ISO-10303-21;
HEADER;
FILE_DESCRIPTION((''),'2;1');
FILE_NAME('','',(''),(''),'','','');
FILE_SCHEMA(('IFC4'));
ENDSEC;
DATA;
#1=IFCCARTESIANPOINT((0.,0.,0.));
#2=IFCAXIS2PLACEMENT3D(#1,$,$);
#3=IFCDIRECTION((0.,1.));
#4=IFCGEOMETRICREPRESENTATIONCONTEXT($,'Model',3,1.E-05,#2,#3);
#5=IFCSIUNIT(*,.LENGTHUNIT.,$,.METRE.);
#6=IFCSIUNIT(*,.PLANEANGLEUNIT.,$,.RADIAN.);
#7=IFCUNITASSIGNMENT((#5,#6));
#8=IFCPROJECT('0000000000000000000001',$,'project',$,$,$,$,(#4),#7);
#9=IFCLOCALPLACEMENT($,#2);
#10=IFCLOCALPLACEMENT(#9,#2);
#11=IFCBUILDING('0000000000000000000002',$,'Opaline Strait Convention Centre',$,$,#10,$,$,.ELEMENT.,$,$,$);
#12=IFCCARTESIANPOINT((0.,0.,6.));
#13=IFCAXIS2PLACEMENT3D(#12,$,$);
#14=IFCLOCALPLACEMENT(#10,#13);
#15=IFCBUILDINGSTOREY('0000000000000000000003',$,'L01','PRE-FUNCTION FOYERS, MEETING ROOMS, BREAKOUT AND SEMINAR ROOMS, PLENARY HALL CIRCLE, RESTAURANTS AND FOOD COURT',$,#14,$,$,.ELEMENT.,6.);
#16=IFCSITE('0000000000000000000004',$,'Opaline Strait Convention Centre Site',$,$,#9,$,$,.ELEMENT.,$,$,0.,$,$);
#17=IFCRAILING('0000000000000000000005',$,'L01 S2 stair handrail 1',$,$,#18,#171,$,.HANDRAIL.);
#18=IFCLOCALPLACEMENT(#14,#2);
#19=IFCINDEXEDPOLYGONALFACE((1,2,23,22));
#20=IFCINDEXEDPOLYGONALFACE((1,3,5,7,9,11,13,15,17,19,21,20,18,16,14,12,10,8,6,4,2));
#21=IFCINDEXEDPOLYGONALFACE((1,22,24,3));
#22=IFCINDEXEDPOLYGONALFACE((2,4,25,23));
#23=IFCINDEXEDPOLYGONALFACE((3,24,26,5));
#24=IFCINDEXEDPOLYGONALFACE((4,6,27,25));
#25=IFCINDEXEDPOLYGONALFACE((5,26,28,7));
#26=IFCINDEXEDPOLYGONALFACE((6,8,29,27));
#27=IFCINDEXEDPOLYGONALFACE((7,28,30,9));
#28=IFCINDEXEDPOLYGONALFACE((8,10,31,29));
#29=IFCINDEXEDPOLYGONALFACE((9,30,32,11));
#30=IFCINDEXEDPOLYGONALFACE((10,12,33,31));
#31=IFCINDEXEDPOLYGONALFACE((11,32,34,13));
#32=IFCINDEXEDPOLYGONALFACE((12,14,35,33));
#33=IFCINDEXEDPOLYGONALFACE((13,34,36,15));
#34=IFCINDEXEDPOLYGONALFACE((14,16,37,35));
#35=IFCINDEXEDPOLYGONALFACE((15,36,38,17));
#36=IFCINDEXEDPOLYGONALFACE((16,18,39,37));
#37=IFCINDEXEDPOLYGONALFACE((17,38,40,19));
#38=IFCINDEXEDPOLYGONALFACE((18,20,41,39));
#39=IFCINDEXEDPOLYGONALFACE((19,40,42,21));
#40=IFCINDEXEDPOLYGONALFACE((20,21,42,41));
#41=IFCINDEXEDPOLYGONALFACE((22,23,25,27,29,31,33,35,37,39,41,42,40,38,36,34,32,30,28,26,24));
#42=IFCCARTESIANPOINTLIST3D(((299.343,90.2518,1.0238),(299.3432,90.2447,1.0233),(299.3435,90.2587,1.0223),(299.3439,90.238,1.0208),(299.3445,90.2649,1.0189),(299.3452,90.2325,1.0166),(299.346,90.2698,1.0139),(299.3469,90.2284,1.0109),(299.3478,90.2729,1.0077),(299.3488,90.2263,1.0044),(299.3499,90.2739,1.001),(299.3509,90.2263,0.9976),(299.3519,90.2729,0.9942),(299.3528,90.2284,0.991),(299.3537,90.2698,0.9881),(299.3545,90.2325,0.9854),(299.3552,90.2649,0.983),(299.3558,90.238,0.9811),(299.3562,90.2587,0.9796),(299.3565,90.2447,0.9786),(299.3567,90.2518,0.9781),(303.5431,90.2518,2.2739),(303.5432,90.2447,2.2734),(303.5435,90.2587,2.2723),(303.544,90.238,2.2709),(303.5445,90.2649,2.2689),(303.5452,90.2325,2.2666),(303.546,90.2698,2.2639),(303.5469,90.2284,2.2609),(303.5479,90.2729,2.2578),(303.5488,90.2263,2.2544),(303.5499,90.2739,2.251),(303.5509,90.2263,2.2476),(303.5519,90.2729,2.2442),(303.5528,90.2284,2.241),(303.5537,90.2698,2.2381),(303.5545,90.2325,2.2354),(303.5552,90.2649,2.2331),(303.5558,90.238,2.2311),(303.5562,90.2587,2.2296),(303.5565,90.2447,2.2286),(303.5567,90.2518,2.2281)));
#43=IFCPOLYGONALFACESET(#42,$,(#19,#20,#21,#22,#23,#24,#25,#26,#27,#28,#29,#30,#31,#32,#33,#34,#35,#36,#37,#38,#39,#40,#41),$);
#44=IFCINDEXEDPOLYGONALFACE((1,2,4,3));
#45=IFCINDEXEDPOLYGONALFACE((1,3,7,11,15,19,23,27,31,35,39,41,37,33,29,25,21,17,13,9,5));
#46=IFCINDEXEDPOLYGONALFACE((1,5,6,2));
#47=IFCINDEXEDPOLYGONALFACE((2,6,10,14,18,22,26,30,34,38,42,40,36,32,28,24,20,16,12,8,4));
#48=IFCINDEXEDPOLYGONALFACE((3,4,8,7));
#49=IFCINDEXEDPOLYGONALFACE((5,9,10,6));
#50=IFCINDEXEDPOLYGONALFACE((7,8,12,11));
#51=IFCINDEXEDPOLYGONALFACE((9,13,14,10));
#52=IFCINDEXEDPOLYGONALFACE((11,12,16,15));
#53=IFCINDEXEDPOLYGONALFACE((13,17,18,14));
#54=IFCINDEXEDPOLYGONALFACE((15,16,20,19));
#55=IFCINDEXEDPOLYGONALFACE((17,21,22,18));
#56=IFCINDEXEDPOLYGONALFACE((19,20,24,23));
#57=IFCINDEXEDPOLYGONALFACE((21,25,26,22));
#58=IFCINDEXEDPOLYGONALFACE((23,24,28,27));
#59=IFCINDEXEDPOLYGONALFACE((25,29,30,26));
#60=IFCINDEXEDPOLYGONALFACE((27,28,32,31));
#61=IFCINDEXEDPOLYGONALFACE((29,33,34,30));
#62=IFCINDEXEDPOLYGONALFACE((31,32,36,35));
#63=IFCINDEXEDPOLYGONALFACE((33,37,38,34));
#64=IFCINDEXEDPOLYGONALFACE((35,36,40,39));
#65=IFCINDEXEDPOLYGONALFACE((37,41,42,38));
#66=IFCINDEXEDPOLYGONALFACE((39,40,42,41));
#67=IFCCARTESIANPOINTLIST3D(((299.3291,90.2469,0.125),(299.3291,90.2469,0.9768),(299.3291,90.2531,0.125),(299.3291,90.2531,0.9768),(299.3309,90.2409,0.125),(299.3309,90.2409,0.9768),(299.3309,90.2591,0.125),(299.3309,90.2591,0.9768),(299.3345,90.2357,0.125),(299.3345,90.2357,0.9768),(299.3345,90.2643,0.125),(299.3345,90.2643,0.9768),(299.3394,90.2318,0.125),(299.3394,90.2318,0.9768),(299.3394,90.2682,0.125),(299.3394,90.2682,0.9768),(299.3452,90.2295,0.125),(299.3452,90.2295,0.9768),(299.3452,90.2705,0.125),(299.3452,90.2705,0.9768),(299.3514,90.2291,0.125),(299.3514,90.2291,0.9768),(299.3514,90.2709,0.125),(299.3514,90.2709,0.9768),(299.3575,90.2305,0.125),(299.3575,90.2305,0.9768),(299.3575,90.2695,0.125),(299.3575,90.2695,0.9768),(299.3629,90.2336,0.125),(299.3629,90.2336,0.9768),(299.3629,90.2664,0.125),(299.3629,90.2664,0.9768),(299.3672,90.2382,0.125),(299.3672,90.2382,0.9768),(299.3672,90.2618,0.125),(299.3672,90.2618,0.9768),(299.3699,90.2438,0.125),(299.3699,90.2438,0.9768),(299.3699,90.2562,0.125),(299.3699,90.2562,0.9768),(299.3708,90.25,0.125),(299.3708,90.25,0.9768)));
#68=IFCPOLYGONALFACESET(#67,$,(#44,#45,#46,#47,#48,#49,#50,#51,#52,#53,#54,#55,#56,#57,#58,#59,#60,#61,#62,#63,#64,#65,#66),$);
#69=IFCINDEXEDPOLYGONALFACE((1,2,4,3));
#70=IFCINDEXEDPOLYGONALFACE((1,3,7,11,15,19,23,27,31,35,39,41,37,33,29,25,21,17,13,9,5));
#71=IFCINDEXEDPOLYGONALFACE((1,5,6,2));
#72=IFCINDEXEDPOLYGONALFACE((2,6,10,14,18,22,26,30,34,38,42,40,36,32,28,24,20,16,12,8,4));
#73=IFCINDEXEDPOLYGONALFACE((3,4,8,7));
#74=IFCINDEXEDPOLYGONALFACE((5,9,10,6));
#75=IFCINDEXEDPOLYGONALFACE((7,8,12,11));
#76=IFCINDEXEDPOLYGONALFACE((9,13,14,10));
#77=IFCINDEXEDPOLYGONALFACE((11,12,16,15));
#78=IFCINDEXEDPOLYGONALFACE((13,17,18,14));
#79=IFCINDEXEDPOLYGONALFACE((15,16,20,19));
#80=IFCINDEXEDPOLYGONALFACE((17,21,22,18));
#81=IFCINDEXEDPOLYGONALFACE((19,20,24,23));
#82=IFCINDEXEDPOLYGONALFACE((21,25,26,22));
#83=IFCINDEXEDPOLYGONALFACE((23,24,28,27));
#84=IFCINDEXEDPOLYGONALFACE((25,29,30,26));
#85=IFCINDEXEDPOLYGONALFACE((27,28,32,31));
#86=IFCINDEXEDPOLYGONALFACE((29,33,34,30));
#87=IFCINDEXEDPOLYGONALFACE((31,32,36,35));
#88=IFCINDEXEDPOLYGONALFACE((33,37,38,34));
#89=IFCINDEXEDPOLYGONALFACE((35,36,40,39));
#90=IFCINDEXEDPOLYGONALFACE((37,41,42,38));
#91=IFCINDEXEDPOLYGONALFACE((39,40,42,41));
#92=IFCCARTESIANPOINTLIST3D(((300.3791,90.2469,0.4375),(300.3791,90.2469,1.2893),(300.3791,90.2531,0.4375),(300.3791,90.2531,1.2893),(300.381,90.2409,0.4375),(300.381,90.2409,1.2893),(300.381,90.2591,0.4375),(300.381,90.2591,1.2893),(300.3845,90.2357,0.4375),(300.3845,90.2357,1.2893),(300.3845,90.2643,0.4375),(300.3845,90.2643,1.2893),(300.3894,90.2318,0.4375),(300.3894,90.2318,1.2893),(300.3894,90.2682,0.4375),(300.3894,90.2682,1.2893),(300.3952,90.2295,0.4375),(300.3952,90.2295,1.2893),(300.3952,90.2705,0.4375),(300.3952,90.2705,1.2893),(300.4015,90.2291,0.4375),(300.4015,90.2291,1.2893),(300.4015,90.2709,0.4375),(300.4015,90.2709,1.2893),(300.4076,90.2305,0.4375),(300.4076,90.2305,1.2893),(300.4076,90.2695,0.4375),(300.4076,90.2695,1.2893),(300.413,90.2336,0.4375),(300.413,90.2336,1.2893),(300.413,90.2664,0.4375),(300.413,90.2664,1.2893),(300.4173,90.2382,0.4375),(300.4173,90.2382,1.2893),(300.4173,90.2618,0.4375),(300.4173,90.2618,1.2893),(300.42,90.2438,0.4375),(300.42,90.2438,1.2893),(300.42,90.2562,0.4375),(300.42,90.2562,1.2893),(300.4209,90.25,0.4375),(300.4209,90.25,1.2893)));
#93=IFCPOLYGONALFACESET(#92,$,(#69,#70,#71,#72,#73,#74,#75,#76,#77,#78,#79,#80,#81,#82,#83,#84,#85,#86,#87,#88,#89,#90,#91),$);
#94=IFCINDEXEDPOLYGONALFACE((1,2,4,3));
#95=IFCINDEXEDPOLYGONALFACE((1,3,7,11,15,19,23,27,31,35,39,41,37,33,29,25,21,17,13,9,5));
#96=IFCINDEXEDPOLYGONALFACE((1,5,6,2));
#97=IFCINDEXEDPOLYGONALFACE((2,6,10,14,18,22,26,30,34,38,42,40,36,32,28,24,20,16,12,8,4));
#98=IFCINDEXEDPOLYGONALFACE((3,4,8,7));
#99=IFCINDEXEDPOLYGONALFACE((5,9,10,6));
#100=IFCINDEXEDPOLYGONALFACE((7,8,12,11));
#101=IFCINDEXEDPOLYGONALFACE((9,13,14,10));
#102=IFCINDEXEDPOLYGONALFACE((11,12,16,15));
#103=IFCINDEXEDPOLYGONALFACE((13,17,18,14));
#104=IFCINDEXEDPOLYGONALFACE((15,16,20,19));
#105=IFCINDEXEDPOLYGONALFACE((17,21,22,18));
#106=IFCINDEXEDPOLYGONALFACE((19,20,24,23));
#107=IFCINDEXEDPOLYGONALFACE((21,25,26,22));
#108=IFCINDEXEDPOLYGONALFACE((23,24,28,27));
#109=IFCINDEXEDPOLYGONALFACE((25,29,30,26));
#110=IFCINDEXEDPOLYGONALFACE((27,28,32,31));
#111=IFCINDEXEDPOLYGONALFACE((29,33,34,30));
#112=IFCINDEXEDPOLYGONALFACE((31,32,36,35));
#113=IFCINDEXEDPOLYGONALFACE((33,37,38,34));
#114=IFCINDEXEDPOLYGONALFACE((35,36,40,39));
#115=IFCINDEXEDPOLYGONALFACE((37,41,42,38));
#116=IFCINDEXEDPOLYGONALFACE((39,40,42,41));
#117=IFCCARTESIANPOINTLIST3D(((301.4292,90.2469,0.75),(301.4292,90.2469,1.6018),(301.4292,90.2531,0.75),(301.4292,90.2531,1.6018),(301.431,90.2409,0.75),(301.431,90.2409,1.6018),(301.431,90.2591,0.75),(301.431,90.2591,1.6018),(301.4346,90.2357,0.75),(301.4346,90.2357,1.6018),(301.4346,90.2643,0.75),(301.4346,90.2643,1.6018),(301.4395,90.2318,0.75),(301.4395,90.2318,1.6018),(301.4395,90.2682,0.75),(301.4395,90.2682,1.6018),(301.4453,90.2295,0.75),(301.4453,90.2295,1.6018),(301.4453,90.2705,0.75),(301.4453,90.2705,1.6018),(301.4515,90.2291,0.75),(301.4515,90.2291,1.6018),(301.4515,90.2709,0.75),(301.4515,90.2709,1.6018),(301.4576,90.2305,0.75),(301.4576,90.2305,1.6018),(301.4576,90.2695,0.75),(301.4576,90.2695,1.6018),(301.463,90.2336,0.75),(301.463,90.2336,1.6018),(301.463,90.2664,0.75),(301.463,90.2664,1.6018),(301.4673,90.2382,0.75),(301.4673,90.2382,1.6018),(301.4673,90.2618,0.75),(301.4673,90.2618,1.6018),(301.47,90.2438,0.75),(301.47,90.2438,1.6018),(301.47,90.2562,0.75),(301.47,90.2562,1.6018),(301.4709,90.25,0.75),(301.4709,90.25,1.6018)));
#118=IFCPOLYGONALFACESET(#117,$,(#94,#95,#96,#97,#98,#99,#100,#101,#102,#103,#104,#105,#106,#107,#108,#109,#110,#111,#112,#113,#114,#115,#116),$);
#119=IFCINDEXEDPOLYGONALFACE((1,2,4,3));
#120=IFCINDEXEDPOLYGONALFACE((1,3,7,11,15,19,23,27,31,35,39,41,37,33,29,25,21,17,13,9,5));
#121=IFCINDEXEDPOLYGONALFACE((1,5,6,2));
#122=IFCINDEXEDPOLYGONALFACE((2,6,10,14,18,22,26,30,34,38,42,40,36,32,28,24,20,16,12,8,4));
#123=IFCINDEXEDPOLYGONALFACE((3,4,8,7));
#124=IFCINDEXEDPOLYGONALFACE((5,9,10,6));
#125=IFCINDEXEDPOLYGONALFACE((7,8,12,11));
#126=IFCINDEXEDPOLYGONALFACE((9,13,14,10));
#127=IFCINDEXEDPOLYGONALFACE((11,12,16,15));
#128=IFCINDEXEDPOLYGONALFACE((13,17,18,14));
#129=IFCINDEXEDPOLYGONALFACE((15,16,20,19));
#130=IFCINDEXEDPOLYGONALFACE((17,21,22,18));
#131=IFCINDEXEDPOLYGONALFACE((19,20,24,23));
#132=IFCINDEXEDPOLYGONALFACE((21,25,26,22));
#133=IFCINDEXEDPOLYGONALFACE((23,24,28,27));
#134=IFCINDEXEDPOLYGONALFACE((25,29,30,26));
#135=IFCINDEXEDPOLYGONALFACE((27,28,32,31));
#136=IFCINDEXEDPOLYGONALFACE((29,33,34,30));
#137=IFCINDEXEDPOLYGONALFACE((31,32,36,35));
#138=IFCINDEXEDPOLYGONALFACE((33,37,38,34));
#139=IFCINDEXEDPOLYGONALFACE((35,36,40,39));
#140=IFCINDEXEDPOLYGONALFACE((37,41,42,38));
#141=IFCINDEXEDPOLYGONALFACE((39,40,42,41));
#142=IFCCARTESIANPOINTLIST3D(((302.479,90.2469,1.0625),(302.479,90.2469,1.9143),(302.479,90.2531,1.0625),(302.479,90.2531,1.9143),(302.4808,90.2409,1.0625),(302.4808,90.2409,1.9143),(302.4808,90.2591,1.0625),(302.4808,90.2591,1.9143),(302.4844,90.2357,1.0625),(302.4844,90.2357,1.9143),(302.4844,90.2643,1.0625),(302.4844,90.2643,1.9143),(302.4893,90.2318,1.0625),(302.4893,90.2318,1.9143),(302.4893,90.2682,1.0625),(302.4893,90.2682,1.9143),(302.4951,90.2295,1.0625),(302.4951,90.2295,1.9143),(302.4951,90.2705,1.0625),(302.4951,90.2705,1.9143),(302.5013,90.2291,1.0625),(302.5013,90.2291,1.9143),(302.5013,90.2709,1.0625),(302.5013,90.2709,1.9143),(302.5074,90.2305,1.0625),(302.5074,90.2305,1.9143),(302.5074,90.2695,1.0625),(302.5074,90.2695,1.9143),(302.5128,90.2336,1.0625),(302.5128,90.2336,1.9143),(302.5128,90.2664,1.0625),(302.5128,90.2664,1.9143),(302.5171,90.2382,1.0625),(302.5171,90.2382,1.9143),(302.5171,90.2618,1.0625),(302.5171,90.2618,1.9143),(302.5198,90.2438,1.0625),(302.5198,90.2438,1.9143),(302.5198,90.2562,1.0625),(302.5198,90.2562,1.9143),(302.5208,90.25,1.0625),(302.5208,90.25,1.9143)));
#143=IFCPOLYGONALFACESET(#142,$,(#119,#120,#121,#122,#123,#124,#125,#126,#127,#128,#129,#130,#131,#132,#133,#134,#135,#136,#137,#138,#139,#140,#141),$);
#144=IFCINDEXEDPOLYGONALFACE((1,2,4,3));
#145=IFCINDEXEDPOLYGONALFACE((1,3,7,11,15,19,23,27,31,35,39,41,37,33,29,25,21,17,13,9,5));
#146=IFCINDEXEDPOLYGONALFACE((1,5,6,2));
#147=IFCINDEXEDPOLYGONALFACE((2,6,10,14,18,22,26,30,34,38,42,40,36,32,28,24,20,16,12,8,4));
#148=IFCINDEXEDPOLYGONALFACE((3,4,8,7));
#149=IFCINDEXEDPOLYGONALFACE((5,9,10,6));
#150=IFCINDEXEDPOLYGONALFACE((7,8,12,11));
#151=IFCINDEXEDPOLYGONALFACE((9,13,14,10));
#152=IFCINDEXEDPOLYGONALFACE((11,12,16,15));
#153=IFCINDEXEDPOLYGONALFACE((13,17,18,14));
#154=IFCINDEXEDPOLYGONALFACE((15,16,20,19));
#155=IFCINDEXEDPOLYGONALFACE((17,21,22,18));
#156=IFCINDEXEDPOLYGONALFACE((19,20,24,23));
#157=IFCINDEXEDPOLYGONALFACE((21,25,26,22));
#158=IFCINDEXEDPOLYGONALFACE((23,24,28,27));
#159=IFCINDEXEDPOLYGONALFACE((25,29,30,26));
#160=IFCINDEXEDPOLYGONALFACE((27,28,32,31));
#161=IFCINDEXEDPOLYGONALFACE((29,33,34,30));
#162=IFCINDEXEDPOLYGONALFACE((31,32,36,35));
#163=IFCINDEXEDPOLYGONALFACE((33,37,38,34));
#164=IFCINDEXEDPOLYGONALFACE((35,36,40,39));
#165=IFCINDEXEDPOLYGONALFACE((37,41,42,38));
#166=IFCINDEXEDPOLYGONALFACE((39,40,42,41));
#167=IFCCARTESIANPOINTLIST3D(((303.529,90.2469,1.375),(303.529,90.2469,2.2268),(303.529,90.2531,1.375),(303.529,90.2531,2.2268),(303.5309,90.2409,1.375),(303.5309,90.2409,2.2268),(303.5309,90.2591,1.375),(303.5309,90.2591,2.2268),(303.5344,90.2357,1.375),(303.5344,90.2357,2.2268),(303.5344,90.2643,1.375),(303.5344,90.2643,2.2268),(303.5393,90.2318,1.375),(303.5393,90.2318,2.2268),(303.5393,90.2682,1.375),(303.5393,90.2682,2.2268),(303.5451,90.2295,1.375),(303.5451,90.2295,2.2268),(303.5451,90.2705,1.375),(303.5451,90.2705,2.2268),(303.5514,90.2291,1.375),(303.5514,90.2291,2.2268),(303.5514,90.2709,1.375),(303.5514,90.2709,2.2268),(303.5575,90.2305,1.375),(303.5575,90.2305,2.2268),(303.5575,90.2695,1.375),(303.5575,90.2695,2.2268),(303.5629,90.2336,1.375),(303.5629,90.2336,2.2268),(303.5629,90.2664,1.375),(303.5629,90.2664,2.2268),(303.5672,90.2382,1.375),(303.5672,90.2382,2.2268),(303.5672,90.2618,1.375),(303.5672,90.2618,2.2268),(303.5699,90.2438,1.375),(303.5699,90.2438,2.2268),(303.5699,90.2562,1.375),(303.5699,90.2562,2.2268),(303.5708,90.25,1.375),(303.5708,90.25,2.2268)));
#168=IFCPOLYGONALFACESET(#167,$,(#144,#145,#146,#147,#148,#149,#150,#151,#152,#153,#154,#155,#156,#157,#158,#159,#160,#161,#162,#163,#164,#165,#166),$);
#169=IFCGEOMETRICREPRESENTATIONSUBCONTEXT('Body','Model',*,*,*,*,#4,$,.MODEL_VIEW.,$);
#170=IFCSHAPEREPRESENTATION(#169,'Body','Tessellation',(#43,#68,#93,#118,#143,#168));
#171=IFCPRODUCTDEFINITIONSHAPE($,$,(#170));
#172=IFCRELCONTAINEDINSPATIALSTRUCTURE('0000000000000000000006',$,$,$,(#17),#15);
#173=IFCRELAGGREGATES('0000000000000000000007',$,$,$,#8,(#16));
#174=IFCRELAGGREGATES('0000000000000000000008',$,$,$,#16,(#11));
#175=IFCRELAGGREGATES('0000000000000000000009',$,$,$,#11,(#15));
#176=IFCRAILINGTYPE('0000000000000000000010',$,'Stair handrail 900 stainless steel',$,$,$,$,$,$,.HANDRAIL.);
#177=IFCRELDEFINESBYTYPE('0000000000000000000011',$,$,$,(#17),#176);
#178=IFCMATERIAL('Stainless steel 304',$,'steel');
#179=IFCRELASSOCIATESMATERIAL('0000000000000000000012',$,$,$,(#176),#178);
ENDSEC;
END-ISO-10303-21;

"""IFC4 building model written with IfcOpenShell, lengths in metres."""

from ifc_helpers import new_model, si_unit, direction, frame, origin, origin_2d, place, context, subcontext, project, spatial, circle, extrude, material, type_object, element, save


model = new_model("IFC4")

# Units and contexts
model_context = context("Model", 3, precision=1e-05, world=origin(), true_north=direction((0.0, 1.0)))
body_context = subcontext(model_context, "Body", "Model", "MODEL_VIEW")
ifc_project = project(units=[si_unit("LENGTHUNIT", "METRE"), si_unit("PLANEANGLEUNIT", "RADIAN")], contexts=[model_context])

# Site, building, storey
site_placement = place(None, origin())
site = spatial("IfcSite", under=ifc_project, at=site_placement, Name="Opaline Strait Convention Centre Site", CompositionType="ELEMENT", RefElevation=0.0)
building_placement = place(site_placement, origin())
building = spatial("IfcBuilding", under=site, at=building_placement, Name="Opaline Strait Convention Centre", CompositionType="ELEMENT")
storey_placement = place(building_placement, frame((0.0, 0.0, 6.0)))
storey = spatial("IfcBuildingStorey", under=building, at=storey_placement, Name="L01", Description="PRE-FUNCTION FOYERS, MEETING ROOMS, BREAKOUT AND SEMINAR ROOMS, PLENARY HALL CIRCLE, RESTAURANTS AND FOOD COURT", CompositionType="ELEMENT", Elevation=6.0)

# Railing
ifc_material_1 = material(Name="Stainless steel 304", Category="steel")
railing_type_1 = type_object("IfcRailingType", Name="Stair handrail 900 stainless steel", PredefinedType="HANDRAIL", material=ifc_material_1)
railing_1_placement = place(storey_placement, frame((299.3499, 90.25, 0.125)))
element("IfcRailing", 1, at=railing_1_placement, inside=storey, type_object=railing_type_1, Name="L01 S2 stair handrail 1", PredefinedType="HANDRAIL", context=body_context, shape_type="SweptSolid", body=[
    extrude(circle(Radius=0.0239, at=origin_2d()), frame((0.0, 0.0, 0.876), z_axis=(0.958451, 0.0, 0.285257), x_axis=(0.0, 1.0, 0.0)), (0.0, 0.0, 1.0), 4.3821),
    extrude(circle(Radius=0.021, at=origin_2d()), origin(), (0.0, 0.0, 1.0), 0.8518),
    extrude(circle(Radius=0.021, at=origin_2d()), frame((1.05, 0.0, 0.3125)), (0.0, 0.0, 1.0), 0.8518),
    extrude(circle(Radius=0.021, at=origin_2d()), frame((2.1001, 0.0, 0.625)), (0.0, 0.0, 1.0), 0.8518),
    extrude(circle(Radius=0.021, at=origin_2d()), frame((3.1499, 0.0, 0.9375)), (0.0, 0.0, 1.0), 0.8518),
    extrude(circle(Radius=0.021, at=origin_2d()), frame((4.2, 0.0, 1.25)), (0.0, 0.0, 1.0), 0.8518),
])

save(model, "model.ifc")
